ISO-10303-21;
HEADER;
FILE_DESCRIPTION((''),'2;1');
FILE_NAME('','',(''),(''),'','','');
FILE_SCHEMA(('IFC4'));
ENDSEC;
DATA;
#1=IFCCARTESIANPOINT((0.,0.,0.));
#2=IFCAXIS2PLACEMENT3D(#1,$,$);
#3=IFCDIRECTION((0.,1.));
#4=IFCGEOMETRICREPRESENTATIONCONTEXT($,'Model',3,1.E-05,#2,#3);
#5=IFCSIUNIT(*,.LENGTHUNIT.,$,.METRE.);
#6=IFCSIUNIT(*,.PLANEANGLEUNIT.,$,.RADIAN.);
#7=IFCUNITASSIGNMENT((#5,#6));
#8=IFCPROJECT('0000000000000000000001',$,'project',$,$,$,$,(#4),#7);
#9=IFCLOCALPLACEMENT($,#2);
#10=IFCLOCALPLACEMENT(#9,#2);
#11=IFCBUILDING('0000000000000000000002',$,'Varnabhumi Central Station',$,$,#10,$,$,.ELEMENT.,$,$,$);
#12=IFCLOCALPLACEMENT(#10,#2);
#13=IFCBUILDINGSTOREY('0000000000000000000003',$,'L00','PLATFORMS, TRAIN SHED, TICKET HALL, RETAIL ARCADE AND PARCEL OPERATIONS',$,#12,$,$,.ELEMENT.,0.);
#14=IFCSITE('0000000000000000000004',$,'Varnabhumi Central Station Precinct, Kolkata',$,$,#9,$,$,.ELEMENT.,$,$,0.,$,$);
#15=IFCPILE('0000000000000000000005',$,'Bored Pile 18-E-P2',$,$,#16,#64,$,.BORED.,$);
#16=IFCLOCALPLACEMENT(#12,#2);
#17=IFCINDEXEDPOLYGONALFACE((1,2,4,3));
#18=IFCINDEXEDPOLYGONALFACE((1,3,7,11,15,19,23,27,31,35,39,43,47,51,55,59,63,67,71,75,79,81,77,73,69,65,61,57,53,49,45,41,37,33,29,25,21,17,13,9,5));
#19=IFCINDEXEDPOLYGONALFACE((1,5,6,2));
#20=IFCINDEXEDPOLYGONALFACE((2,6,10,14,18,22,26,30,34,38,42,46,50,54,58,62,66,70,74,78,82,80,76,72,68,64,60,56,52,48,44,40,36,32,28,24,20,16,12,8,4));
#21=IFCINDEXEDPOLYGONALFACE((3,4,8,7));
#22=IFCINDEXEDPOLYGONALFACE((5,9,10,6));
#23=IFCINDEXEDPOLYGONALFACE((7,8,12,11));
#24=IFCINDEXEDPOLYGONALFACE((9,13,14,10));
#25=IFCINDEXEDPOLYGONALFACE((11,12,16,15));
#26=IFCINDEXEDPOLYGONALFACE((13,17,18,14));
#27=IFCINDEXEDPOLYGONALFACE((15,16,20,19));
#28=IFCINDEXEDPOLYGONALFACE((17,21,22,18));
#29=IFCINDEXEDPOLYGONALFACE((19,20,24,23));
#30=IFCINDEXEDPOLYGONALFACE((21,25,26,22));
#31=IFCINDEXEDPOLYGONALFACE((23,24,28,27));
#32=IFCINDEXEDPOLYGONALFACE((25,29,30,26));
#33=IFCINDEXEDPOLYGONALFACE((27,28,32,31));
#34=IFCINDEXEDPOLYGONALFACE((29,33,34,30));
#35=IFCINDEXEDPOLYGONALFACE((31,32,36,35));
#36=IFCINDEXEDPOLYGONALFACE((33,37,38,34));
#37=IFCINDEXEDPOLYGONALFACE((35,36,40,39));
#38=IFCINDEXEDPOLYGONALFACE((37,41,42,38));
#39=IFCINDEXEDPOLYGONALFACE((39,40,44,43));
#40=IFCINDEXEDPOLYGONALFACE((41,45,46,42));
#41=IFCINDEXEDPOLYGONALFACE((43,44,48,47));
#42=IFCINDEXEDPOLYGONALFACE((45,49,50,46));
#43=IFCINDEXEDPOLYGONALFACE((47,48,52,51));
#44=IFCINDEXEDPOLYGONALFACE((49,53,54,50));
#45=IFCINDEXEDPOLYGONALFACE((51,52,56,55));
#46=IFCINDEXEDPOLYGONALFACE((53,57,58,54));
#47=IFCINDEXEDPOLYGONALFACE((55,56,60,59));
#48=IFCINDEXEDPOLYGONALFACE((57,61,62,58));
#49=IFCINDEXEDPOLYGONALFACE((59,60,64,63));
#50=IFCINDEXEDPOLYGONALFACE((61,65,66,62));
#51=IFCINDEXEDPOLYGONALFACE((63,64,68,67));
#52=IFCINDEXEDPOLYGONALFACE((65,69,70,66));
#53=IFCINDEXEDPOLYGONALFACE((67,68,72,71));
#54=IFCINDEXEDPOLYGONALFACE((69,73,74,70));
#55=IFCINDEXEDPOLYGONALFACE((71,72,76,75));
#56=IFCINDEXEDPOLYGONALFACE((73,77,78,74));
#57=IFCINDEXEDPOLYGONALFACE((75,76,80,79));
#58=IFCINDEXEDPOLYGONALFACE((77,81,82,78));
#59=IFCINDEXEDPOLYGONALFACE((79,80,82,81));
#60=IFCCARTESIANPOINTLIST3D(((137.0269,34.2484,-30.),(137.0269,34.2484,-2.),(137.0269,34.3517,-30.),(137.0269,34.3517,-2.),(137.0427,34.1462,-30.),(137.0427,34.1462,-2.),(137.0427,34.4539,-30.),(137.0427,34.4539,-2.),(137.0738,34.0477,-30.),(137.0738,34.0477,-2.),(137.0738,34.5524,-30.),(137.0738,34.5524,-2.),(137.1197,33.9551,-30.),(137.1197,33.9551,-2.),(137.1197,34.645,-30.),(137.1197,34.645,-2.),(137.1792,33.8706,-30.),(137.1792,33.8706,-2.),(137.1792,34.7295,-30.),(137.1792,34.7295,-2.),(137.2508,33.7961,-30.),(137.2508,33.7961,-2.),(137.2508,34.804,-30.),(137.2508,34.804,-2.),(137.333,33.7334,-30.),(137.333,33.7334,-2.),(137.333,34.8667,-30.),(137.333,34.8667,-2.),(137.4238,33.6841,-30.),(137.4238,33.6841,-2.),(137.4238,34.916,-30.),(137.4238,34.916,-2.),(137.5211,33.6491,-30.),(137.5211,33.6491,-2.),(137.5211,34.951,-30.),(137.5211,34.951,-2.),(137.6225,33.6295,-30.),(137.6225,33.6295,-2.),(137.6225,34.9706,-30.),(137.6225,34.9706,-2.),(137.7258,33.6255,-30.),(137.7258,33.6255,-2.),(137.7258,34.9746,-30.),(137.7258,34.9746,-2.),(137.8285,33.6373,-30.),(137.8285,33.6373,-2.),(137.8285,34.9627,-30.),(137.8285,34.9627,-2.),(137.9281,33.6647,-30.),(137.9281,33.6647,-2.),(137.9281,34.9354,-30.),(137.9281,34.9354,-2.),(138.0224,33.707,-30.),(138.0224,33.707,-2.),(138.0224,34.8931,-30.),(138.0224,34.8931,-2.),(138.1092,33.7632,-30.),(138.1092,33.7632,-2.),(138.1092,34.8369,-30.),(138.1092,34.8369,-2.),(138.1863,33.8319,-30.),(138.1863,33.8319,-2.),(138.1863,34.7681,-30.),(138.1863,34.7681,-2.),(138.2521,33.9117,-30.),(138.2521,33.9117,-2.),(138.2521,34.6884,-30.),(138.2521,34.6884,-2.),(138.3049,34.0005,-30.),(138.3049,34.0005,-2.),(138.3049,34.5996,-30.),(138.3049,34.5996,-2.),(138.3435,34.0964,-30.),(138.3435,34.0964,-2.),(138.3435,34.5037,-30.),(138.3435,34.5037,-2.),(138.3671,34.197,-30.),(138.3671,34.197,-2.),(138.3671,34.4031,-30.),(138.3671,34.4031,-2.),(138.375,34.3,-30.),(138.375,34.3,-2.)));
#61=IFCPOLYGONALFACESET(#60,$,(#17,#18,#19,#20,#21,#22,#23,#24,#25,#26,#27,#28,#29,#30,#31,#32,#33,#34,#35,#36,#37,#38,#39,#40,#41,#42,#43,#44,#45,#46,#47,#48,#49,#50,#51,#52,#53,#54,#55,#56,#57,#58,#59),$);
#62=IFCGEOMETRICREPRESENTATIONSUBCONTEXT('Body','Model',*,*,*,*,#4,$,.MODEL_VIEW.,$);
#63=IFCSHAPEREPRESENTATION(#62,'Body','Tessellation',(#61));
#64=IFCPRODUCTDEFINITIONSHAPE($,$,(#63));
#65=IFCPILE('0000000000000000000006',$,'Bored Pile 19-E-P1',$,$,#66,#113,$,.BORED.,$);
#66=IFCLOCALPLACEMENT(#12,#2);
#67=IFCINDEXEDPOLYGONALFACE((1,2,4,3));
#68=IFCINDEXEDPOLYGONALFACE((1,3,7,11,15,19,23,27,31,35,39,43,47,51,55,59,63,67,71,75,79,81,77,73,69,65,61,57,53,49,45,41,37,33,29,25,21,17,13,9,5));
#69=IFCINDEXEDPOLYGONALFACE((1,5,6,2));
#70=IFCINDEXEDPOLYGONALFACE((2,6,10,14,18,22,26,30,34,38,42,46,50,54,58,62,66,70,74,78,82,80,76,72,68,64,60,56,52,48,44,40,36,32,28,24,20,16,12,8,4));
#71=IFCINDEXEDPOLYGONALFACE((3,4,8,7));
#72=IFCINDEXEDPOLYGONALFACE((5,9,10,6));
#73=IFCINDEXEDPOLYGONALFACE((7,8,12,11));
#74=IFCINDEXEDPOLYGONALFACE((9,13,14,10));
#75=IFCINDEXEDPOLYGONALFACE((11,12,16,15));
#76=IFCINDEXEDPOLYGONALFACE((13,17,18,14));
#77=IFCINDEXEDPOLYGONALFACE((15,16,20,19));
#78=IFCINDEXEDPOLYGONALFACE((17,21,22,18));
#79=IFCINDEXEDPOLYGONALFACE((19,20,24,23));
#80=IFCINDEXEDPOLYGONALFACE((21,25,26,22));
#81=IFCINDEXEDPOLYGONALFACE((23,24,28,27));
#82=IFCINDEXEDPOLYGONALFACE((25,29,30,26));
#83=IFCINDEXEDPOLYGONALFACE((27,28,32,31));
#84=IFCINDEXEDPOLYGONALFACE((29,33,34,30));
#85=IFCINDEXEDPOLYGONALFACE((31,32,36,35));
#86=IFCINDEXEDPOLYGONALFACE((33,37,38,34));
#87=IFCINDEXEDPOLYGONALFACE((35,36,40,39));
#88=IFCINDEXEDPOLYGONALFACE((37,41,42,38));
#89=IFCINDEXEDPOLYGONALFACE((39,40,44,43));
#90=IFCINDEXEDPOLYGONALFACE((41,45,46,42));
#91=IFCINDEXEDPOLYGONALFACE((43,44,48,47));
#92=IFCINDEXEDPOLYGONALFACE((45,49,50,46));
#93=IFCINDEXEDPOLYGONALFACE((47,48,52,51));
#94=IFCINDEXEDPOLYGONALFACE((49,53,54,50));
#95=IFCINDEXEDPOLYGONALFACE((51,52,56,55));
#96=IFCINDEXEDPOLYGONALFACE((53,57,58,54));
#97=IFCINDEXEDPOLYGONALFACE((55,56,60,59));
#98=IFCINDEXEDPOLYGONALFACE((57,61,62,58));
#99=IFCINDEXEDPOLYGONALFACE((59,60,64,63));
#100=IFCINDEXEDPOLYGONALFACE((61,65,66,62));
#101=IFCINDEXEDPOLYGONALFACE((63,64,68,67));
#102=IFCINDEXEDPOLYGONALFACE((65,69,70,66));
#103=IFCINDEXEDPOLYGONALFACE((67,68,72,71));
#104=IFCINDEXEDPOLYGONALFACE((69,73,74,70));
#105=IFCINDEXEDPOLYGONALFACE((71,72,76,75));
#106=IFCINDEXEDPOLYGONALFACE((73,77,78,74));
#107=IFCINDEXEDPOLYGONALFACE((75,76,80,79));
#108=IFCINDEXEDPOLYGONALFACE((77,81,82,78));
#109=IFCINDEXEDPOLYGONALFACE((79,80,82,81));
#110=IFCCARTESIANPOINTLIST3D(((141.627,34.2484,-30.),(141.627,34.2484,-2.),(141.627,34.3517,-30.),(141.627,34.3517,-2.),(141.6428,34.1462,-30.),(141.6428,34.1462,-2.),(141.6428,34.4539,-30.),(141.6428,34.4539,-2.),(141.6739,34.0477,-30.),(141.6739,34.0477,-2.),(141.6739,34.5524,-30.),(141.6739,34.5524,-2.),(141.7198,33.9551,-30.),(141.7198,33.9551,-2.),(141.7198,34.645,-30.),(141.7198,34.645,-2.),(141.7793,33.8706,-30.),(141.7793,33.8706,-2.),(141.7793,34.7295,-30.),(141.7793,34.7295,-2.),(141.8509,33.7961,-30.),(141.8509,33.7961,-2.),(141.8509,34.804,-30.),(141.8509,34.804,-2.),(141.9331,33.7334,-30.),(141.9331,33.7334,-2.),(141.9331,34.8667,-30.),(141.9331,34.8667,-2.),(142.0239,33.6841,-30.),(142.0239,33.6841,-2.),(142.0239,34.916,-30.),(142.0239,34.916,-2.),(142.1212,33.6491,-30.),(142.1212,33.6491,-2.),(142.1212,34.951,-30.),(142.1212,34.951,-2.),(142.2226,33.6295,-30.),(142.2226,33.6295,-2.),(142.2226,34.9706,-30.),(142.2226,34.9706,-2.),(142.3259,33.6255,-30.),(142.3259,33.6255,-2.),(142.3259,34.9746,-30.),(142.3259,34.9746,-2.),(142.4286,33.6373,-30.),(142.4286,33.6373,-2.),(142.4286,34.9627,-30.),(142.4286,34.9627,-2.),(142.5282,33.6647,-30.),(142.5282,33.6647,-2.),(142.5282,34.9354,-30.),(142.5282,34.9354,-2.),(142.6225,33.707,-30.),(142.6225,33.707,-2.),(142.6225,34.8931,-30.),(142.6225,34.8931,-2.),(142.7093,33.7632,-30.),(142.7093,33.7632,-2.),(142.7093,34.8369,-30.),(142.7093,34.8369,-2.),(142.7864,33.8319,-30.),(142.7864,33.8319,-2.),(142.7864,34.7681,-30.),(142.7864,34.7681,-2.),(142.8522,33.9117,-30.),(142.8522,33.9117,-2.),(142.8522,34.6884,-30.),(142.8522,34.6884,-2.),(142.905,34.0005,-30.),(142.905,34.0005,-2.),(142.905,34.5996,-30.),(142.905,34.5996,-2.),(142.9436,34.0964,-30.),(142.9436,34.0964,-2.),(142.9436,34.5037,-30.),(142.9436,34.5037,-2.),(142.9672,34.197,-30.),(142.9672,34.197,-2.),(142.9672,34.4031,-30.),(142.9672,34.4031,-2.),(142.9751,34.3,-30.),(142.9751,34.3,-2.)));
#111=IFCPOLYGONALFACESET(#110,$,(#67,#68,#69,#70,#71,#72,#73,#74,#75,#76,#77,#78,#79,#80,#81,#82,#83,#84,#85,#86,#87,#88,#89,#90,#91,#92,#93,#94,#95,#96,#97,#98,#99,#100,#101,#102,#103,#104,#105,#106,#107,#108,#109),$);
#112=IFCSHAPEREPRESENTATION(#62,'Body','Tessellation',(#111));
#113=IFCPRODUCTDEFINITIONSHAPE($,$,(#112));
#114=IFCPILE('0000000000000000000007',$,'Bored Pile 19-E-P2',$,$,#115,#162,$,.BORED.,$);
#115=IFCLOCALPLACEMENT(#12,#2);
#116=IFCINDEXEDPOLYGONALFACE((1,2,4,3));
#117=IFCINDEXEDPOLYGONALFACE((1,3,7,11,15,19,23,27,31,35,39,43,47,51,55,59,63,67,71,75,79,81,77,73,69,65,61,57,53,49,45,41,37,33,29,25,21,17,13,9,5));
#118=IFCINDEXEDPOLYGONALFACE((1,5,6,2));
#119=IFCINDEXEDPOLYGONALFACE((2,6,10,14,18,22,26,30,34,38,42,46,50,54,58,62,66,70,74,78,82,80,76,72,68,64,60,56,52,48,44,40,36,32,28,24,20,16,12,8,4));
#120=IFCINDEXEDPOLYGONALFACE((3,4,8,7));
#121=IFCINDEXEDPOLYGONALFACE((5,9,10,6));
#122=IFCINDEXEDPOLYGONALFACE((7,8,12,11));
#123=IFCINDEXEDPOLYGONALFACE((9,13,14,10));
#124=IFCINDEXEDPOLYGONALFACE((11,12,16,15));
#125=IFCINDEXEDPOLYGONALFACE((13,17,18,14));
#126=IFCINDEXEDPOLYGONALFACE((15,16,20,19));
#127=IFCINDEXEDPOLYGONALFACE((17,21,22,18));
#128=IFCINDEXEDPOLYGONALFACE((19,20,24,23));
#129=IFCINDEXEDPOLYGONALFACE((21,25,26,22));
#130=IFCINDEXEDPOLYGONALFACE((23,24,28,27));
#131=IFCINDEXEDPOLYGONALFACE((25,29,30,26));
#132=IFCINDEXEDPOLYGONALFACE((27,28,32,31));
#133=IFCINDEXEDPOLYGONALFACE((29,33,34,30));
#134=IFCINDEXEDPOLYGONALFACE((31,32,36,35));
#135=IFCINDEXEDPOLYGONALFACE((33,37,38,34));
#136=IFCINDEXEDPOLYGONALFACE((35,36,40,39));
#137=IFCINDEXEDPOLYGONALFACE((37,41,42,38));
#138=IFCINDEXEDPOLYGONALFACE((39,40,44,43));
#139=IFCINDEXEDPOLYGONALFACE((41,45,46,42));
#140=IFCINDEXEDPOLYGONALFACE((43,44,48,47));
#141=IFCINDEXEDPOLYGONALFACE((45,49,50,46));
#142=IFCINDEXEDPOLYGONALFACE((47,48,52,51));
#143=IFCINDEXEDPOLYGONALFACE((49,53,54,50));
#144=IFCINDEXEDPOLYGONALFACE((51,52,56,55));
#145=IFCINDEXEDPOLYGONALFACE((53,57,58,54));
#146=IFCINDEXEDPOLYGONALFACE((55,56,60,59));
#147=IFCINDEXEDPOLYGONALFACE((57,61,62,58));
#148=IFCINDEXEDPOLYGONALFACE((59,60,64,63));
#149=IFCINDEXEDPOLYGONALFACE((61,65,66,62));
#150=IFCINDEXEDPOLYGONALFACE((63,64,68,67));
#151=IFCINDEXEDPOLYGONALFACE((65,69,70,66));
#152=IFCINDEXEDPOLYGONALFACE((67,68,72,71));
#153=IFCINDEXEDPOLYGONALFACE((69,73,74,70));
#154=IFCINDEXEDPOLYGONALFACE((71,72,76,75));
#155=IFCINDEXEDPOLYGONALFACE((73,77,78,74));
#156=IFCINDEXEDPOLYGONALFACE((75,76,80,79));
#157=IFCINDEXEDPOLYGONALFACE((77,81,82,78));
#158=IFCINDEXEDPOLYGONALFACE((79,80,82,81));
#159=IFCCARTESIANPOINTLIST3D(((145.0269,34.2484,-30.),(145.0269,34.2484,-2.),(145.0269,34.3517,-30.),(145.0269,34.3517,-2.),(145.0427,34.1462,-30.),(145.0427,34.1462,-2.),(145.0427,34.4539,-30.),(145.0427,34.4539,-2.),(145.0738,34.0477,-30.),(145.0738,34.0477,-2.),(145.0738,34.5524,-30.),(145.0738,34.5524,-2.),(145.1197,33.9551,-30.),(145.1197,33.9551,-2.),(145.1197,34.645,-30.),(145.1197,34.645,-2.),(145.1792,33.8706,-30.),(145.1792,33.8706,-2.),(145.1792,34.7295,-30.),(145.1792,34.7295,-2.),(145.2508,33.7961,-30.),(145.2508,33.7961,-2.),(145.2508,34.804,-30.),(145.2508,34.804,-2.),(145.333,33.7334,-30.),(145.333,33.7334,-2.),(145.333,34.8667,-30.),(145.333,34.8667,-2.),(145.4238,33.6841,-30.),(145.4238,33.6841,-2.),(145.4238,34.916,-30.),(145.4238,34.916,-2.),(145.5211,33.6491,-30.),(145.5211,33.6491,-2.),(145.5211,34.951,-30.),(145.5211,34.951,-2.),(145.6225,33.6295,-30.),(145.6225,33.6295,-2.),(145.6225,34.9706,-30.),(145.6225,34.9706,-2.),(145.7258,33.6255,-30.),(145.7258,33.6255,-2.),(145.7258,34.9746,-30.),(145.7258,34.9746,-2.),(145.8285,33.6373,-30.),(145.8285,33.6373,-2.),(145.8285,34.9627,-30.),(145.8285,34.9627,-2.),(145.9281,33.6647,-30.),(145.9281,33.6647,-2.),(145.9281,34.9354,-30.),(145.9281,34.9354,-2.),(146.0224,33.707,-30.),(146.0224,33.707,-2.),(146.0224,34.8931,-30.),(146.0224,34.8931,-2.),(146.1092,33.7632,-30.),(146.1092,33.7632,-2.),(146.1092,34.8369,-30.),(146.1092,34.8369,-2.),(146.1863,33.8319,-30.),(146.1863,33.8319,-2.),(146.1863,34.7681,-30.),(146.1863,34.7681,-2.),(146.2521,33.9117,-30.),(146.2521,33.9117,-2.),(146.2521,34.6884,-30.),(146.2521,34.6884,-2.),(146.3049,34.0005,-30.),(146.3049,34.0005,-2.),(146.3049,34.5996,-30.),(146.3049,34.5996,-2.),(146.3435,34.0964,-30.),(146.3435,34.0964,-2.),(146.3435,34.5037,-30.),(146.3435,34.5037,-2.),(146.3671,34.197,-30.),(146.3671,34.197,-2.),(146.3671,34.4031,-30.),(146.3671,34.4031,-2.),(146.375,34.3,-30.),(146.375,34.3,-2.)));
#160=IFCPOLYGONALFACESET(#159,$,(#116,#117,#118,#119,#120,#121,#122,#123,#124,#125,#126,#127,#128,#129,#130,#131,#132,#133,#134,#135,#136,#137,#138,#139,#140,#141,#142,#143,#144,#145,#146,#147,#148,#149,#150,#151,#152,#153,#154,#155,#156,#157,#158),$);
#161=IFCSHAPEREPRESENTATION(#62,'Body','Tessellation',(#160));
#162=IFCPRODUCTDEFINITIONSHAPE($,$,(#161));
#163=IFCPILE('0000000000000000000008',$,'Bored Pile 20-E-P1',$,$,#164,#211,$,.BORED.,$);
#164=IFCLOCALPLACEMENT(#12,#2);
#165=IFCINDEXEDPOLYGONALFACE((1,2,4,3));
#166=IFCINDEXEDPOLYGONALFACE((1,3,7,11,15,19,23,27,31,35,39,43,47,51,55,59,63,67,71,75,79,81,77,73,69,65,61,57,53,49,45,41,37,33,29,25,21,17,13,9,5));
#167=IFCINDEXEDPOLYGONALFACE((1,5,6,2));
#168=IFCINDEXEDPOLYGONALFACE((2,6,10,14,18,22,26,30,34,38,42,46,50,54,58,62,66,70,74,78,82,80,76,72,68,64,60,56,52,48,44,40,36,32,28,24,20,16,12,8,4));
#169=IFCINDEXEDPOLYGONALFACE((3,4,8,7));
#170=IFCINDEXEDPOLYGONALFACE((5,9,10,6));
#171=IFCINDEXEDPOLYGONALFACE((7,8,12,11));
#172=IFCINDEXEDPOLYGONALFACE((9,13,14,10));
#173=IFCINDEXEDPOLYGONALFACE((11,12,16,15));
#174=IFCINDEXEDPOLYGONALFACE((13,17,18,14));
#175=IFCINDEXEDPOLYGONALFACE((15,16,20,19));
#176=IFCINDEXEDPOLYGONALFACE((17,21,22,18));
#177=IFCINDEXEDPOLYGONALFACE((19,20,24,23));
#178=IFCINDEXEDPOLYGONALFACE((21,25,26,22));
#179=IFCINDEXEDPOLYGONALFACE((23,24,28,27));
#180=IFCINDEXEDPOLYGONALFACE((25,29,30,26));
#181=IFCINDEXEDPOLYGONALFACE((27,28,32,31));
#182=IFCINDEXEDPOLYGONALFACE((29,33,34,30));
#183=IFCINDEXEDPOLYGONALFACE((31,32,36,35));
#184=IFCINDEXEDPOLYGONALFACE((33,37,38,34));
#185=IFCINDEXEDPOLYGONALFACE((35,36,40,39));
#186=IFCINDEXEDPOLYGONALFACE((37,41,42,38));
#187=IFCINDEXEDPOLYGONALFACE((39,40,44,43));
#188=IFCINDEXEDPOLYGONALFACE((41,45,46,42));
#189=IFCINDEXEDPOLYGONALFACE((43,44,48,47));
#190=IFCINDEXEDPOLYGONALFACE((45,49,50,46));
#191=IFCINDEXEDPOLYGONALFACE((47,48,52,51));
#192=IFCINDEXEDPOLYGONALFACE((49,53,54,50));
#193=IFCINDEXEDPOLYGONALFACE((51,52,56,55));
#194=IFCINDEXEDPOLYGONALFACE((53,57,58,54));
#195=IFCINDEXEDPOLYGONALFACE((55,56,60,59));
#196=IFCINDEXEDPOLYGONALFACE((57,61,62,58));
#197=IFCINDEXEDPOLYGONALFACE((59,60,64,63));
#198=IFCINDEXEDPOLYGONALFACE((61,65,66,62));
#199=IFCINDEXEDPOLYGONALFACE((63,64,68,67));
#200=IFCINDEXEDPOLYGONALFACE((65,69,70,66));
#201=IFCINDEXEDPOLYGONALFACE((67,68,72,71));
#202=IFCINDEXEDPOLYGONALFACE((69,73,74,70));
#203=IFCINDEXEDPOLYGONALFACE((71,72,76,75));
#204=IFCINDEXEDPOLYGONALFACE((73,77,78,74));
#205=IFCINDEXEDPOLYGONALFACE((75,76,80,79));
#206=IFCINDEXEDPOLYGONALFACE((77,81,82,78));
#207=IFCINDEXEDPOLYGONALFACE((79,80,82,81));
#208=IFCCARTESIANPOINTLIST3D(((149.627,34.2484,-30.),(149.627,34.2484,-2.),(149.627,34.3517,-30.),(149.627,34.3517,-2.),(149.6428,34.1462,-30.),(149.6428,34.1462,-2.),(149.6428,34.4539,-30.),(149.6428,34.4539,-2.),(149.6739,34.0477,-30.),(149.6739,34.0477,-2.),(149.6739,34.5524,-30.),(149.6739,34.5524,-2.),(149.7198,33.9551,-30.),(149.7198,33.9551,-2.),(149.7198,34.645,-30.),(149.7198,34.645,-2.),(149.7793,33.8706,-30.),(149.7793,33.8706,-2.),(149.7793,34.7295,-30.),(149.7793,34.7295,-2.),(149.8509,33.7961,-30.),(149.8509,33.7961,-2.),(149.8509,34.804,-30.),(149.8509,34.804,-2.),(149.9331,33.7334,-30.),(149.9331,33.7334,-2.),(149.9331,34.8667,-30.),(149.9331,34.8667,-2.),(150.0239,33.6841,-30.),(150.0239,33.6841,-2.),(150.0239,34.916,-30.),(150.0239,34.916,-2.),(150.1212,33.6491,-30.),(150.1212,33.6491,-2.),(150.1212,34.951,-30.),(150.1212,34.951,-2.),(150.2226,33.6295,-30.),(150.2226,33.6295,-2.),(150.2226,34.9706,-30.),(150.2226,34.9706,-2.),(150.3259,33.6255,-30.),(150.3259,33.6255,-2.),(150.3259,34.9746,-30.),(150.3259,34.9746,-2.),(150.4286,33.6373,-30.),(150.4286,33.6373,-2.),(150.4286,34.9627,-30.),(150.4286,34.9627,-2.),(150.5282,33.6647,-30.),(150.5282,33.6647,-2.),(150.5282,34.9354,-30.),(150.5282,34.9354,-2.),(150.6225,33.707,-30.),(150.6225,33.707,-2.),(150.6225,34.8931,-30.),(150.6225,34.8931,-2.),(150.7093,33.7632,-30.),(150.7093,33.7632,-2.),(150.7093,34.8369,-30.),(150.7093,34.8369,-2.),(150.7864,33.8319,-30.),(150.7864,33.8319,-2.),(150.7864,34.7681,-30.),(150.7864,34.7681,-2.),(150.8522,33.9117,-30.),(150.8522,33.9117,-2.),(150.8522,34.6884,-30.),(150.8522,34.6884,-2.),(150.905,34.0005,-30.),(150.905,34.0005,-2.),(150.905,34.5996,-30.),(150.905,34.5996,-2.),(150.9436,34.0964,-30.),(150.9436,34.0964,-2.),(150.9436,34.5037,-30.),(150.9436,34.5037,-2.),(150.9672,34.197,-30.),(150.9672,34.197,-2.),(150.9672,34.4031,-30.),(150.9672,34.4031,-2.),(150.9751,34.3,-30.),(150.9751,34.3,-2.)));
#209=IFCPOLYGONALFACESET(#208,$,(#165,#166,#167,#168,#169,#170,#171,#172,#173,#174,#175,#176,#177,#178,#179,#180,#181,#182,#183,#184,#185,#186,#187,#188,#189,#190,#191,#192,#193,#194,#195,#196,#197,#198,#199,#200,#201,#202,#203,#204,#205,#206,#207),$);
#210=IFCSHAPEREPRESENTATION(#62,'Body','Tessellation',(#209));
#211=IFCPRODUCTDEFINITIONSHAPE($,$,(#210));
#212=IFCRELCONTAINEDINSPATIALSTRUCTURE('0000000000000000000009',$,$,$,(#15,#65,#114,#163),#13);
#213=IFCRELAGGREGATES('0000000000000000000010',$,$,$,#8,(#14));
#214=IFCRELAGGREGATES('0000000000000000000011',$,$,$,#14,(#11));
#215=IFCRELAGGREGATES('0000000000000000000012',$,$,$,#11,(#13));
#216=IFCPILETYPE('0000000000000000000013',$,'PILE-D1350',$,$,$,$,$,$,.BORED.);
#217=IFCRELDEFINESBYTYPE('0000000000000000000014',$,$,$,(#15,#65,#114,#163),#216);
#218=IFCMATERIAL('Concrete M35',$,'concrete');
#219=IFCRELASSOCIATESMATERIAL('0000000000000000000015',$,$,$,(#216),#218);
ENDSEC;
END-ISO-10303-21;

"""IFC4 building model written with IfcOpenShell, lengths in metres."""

from ifc_helpers import new_model, si_unit, direction, frame, origin, origin_2d, place, context, subcontext, project, spatial, circle, extrude, material, material_profile, profile_set, type_object, element, save


model = new_model("IFC4")

# Units and contexts
model_context = context("Model", 3, precision=1e-05, world=origin(), true_north=direction((0.0, 1.0)))
body_context = subcontext(model_context, "Body", "Model", "MODEL_VIEW")
ifc_project = project(units=[si_unit("LENGTHUNIT", "METRE"), si_unit("PLANEANGLEUNIT", "RADIAN")], contexts=[model_context])

# Site, building, storey
site_placement = place(None, origin())
site = spatial("IfcSite", under=ifc_project, at=site_placement, Name="Varnabhumi Central Station Precinct, Kolkata", CompositionType="ELEMENT", RefElevation=0.0)
building_placement = place(site_placement, origin())
building = spatial("IfcBuilding", under=site, at=building_placement, Name="Varnabhumi Central Station", CompositionType="ELEMENT")
storey_placement = place(building_placement, origin())
storey = spatial("IfcBuildingStorey", under=building, at=storey_placement, Name="L00", Description="PLATFORMS, TRAIN SHED, TICKET HALL, RETAIL ARCADE AND PARCEL OPERATIONS", CompositionType="ELEMENT", Elevation=0.0)

# Piles
ifc_material_1 = material(Name="Concrete M35", Category="concrete")
ifc_material_profile_1 = material_profile(ifc_material_1, circle(Radius=0.675, at=origin_2d()), Name="Concrete M35", Category="concrete")
ifc_profile_set_1 = profile_set([ifc_material_profile_1], Name="Concrete M35")
pile_type_1 = type_object("IfcPileType", Name="PILE-D1350", PredefinedType="BORED", material=ifc_profile_set_1)
for number, where, z_axis, x_axis, name in (
    (1, (137.7, 34.3, -2.0), (0.0, 0.0, -1.0), (1.0, 0.0, 0.0), "Bored Pile 18-E-P2"),
    (2, (142.3, 34.3, -2.0), (0.0, 0.0, -1.0), (1.0, 0.0, 0.0), "Bored Pile 19-E-P1"),
    (3, (145.7, 34.3, -2.0), (0.0, 0.0, -1.0), (1.0, 0.0, 0.0), "Bored Pile 19-E-P2"),
    (4, (150.3, 34.3, -2.0), (0.0, 0.0, -1.0), (1.0, 0.0, 0.0), "Bored Pile 20-E-P1"),
):
    element("IfcPile", number, at=place(storey_placement, frame(where, z_axis=z_axis, x_axis=x_axis)), inside=storey, type_object=pile_type_1, Name=name, PredefinedType="BORED", context=body_context, shape_type="SweptSolid", body=[
        extrude(circle(Radius=0.675, at=origin_2d()), origin(), (0.0, 0.0, 1.0), 28.0),
    ])

save(model, "model.ifc")
